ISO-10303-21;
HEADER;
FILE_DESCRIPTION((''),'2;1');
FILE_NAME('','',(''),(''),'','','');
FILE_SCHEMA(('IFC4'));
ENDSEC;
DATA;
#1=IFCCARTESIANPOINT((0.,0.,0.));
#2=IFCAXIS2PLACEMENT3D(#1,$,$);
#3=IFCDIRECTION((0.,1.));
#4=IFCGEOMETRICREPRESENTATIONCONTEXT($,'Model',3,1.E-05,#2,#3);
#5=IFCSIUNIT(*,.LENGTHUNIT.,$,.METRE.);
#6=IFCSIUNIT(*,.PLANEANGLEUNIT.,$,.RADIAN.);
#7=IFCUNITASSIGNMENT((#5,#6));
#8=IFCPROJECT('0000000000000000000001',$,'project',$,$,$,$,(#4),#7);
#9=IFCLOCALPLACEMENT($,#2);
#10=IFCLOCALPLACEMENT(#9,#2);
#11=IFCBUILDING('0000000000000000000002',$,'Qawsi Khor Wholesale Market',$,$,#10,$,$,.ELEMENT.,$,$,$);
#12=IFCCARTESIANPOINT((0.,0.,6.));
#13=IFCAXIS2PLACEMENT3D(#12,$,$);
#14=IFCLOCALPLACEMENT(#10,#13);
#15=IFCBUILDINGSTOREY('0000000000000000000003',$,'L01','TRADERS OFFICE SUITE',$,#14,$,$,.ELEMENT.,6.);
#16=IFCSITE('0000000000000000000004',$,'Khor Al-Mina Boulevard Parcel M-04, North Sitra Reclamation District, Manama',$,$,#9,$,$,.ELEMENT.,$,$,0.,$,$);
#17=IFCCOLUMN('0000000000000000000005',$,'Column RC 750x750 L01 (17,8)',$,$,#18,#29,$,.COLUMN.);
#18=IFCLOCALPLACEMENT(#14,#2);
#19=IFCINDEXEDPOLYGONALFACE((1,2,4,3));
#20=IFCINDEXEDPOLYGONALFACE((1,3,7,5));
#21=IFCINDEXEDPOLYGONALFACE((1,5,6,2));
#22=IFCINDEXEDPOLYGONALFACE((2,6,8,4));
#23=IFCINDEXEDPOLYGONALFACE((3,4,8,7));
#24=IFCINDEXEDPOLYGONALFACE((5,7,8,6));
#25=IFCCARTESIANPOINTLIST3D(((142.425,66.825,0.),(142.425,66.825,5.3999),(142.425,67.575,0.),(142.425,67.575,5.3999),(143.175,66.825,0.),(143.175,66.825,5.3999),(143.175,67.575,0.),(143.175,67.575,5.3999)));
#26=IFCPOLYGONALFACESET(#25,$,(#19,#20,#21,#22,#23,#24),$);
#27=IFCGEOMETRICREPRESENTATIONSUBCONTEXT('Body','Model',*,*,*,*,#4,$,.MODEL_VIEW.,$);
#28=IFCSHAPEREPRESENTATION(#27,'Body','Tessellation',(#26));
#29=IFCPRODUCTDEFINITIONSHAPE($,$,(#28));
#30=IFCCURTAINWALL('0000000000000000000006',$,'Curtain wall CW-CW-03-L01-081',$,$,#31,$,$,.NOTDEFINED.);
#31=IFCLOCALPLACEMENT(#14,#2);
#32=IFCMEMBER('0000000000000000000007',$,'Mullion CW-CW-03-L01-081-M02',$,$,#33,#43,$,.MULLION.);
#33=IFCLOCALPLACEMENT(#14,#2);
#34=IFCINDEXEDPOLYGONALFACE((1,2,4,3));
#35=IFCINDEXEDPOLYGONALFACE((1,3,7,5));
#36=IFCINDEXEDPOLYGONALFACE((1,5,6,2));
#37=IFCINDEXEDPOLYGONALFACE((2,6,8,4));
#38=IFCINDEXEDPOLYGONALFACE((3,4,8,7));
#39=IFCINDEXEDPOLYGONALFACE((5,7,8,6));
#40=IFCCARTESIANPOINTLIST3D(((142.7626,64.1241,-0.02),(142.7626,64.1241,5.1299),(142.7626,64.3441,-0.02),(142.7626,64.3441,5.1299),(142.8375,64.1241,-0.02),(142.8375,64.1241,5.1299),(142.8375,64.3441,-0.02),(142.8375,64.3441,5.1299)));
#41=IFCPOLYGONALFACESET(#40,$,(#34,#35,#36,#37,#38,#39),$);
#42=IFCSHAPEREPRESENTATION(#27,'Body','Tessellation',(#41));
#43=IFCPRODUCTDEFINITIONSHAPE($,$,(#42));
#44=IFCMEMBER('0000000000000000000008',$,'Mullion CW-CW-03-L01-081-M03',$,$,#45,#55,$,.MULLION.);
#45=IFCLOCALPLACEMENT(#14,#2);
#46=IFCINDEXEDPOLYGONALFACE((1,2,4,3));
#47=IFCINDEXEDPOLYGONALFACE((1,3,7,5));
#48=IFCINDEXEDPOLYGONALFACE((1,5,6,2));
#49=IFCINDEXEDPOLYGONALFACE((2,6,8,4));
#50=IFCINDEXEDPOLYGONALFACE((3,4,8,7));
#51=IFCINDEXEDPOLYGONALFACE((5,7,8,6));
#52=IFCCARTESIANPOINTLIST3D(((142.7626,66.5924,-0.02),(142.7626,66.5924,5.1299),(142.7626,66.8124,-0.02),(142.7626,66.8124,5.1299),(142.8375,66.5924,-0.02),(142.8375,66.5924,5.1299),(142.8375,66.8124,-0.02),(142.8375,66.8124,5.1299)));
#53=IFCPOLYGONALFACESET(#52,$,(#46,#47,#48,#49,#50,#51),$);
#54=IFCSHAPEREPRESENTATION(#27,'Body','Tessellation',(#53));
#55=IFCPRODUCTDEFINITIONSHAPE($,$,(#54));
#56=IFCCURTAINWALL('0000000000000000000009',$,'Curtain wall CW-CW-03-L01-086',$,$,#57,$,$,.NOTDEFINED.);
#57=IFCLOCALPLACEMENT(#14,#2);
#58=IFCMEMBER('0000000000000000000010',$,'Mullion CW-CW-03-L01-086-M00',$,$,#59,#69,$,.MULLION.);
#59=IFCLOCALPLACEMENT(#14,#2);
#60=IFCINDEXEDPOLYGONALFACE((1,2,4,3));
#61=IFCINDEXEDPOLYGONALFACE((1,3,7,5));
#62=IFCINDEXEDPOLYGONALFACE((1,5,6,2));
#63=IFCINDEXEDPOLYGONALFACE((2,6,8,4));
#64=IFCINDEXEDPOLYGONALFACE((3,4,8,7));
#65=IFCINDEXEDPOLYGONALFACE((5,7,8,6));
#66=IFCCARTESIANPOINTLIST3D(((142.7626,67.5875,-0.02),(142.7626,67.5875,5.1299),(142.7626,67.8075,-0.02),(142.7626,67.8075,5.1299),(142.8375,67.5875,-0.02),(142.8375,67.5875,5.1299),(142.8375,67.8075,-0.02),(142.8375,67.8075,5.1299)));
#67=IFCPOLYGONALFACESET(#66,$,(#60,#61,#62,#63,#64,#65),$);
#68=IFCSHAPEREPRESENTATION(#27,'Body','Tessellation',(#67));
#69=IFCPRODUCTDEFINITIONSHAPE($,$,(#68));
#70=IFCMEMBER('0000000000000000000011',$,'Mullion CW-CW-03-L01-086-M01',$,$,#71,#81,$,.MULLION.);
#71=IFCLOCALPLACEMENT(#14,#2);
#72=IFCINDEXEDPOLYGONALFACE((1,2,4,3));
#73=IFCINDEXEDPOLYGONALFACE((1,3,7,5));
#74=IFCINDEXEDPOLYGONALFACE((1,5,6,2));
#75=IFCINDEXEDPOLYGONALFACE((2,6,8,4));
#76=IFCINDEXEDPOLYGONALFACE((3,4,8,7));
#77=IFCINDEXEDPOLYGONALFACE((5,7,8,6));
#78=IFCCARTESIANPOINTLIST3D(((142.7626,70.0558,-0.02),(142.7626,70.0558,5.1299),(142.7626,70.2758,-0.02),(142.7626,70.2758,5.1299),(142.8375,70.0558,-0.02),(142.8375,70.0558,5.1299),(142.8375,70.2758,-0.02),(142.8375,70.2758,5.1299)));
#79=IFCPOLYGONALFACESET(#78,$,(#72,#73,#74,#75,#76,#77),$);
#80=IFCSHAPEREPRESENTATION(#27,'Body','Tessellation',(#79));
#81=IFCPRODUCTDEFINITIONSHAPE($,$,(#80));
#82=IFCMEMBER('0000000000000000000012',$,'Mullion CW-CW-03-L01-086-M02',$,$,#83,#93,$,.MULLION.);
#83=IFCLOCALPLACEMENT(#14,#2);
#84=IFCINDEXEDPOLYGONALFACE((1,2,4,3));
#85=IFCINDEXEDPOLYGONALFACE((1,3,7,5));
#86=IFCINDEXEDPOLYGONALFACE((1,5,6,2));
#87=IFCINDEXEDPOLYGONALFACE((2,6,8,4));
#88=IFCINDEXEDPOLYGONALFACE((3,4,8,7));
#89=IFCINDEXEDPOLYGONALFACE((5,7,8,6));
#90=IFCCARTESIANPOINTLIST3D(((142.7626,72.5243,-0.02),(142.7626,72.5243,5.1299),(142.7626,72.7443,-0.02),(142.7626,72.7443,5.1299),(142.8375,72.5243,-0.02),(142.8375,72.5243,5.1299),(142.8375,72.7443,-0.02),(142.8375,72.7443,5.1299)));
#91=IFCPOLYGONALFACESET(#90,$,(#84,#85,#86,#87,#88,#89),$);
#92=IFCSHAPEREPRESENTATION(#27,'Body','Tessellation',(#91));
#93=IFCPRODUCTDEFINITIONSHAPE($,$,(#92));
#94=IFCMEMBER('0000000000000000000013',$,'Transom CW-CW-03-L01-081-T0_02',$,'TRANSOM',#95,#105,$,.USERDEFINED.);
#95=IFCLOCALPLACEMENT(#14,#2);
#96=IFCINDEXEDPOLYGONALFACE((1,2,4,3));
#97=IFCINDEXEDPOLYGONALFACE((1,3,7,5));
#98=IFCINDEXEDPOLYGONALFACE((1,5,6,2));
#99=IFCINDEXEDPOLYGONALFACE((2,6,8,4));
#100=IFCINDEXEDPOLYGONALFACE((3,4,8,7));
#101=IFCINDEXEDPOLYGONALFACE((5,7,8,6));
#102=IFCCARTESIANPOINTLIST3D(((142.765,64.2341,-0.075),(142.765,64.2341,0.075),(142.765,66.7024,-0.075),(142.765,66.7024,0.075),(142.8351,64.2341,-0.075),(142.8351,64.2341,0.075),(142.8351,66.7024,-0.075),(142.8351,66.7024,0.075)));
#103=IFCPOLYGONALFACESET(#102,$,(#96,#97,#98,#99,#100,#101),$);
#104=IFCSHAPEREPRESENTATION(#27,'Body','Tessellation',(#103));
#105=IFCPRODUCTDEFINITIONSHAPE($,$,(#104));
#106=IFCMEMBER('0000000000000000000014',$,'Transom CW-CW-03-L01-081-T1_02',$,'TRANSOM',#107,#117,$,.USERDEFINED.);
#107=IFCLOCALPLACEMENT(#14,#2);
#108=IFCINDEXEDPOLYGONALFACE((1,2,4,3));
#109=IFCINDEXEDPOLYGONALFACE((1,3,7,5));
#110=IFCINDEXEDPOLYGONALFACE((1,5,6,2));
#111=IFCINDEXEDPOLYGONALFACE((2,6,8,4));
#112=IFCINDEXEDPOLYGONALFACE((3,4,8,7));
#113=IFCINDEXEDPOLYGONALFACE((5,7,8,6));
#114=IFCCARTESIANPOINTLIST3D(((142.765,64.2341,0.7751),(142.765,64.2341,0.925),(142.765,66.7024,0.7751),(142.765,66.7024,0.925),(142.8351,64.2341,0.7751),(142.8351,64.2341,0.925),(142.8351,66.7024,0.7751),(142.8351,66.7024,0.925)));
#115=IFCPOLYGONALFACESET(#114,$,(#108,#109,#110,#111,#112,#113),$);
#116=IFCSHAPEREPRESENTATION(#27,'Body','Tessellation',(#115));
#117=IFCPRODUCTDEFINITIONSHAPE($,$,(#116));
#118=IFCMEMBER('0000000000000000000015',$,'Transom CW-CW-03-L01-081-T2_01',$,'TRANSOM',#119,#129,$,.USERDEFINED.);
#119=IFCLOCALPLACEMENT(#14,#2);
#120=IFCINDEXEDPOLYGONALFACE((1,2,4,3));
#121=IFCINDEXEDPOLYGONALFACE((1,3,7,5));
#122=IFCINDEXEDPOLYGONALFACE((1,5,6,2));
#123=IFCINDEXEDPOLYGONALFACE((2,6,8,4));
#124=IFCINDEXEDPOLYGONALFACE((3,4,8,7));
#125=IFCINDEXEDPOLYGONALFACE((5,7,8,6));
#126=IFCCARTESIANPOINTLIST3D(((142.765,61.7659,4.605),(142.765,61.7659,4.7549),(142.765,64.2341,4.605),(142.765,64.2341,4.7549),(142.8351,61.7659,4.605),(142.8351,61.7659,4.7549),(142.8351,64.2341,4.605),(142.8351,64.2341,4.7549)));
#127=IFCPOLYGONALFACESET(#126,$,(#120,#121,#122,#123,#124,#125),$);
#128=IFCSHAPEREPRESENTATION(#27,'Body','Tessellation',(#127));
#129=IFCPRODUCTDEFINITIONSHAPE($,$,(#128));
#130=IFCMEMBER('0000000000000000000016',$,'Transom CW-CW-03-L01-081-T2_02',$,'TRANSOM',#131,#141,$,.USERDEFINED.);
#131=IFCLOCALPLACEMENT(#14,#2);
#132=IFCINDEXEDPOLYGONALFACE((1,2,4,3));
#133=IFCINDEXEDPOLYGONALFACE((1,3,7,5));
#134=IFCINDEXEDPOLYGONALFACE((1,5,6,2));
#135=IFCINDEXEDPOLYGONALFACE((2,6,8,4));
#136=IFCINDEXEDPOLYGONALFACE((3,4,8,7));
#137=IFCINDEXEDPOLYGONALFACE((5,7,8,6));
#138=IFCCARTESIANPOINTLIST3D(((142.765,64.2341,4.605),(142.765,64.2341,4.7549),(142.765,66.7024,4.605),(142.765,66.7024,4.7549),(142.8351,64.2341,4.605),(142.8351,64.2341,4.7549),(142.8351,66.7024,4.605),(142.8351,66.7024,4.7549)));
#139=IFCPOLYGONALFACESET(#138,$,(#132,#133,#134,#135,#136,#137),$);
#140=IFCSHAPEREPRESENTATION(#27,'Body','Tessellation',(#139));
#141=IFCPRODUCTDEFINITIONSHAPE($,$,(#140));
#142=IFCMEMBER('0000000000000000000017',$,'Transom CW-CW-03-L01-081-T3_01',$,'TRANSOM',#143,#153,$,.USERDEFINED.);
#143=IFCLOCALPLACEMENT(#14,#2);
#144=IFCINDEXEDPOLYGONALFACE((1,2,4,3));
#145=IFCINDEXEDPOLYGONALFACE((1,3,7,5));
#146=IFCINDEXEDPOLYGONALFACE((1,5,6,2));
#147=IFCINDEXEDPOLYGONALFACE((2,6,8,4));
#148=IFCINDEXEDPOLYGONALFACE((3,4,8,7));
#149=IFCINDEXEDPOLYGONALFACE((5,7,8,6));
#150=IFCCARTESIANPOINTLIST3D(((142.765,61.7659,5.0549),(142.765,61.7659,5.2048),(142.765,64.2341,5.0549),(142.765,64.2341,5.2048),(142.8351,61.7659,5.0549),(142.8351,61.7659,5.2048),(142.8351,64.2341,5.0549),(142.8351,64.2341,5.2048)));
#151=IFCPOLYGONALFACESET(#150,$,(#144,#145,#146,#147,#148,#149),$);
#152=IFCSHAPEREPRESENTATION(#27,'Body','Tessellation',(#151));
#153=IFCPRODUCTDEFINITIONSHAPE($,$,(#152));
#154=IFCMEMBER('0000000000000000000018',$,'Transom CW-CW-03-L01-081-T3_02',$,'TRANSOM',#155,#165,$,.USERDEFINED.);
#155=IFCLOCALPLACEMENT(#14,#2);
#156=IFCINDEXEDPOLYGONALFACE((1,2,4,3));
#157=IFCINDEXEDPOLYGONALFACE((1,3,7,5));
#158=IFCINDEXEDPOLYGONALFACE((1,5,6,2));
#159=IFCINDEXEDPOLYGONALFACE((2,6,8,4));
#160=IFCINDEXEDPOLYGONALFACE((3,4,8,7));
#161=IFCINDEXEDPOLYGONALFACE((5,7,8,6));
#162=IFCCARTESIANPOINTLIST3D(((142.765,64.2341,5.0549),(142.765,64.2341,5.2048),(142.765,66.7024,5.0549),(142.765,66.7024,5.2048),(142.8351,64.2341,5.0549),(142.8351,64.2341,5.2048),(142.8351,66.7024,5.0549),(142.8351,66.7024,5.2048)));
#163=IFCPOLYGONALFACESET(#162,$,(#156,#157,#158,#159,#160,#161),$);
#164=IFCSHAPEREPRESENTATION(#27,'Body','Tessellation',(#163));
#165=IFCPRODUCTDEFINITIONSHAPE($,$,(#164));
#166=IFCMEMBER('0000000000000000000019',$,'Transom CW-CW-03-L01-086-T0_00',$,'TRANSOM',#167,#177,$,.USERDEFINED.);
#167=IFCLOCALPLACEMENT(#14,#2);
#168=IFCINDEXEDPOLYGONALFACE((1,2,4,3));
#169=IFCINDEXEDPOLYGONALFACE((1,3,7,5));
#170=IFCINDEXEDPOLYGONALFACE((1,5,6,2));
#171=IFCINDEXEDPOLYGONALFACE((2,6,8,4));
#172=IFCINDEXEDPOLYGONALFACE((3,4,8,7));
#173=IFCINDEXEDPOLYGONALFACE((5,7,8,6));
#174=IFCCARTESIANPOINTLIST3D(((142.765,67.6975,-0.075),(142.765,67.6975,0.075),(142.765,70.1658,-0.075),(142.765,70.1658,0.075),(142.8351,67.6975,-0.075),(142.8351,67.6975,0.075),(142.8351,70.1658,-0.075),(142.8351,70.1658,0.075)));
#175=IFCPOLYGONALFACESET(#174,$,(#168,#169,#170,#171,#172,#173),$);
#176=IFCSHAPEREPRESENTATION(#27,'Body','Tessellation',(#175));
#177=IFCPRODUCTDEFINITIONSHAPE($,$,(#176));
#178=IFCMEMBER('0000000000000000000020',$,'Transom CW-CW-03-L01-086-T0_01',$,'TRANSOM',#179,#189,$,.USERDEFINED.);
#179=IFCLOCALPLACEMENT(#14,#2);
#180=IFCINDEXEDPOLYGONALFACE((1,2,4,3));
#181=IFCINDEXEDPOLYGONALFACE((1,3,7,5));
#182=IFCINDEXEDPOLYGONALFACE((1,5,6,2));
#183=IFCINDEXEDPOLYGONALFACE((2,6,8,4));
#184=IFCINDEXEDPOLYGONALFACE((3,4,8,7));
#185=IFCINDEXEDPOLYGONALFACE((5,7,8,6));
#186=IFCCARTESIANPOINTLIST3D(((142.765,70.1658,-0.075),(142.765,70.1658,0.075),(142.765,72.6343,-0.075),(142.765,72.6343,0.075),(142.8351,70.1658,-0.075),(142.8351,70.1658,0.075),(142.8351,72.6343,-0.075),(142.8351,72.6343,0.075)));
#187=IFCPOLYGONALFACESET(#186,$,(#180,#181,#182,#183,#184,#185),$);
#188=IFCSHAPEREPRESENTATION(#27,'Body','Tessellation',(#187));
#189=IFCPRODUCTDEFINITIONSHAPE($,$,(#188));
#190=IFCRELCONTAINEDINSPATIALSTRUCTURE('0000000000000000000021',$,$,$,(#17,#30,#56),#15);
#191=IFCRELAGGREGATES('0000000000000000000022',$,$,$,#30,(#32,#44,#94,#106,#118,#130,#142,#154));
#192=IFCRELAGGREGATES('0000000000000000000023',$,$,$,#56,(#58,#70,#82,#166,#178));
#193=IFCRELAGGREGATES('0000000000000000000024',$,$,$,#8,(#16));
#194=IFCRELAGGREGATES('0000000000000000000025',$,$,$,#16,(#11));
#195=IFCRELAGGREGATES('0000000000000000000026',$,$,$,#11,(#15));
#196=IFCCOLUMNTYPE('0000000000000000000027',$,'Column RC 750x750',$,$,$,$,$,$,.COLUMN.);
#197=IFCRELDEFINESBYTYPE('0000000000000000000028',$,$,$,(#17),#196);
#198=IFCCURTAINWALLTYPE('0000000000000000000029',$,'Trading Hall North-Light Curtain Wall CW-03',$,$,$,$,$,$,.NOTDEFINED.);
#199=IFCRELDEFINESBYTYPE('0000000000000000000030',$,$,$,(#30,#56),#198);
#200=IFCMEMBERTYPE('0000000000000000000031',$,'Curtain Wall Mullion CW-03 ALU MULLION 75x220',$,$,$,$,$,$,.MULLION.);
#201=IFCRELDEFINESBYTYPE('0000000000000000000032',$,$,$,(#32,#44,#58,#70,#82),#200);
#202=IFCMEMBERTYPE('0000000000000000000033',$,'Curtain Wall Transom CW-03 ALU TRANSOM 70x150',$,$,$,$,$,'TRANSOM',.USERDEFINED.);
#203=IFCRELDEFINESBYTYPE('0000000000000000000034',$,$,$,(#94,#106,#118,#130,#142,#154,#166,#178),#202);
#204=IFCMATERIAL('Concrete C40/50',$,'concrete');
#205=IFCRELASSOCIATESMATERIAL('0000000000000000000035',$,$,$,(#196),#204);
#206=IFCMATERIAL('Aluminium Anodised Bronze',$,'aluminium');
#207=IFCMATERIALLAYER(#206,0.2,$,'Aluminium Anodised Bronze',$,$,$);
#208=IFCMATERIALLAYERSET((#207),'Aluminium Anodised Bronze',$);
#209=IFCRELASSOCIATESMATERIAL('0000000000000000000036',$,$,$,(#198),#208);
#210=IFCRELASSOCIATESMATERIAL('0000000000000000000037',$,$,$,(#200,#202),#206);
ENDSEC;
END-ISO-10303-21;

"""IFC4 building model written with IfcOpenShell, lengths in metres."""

from ifc_helpers import new_model, si_unit, direction, frame, origin, origin_2d, place, context, subcontext, project, spatial, rectangle, extrude, material, layer, layer_set, material_profile, profile_set, type_object, element, aggregate, save


model = new_model("IFC4")

# Units and contexts
model_context = context("Model", 3, precision=1e-05, world=origin(), true_north=direction((0.0, 1.0)))
body_context = subcontext(model_context, "Body", "Model", "MODEL_VIEW")
ifc_project = project(units=[si_unit("LENGTHUNIT", "METRE"), si_unit("PLANEANGLEUNIT", "RADIAN")], contexts=[model_context])

# Site, building, storey
site_placement = place(None, origin())
site = spatial("IfcSite", under=ifc_project, at=site_placement, Name="Khor Al-Mina Boulevard Parcel M-04, North Sitra Reclamation District, Manama", CompositionType="ELEMENT", RefElevation=0.0)
building_placement = place(site_placement, origin())
building = spatial("IfcBuilding", under=site, at=building_placement, Name="Qawsi Khor Wholesale Market", CompositionType="ELEMENT")
storey_placement = place(building_placement, frame((0.0, 0.0, 6.0)))
storey = spatial("IfcBuildingStorey", under=building, at=storey_placement, Name="L01", Description="TRADERS OFFICE SUITE", CompositionType="ELEMENT", Elevation=6.0)

# Column
ifc_material_1 = material(Name="Concrete C40/50", Category="concrete")
ifc_material_profile_1 = material_profile(ifc_material_1, rectangle(XDim=0.75, YDim=0.75, at=origin_2d()), Name="RC 750x750")
ifc_profile_set_1 = profile_set([ifc_material_profile_1], Name="Concrete C40/50")
column_type = type_object("IfcColumnType", Name="Column RC 750x750", PredefinedType="COLUMN", material=ifc_profile_set_1)
column_placement = place(storey_placement, frame((142.8, 67.2, 0.0), z_axis=(0.0, 0.0, 1.0), x_axis=(1.0, 0.0, 0.0)))
element("IfcColumn", 1, at=column_placement, inside=storey, type_object=column_type, Name="Column RC 750x750 L01 (17,8)", PredefinedType="COLUMN", context=body_context, shape_type="SweptSolid", body=[
    extrude(rectangle(XDim=0.75, YDim=0.75, at=origin_2d()), origin(), (0.0, 0.0, 1.0), 5.3999),
])

# Curtain walls, members
ifc_material_2 = material(Name="Aluminium Anodised Bronze", Category="aluminium")
ifc_layer_1 = layer(ifc_material_2, 0.2, Name="Aluminium Anodised Bronze")
ifc_layer_set_1 = layer_set([ifc_layer_1], Name="Aluminium Anodised Bronze")
curtain_wall_type_1 = type_object("IfcCurtainWallType", Name="Trading Hall North-Light Curtain Wall CW-03", PredefinedType="NOTDEFINED", material=ifc_layer_set_1)
curtain_wall_1_placement = place(storey_placement, origin())
curtain_wall_1 = element("IfcCurtainWall", 2, at=curtain_wall_1_placement, inside=storey, type_object=curtain_wall_type_1, Name="Curtain wall CW-CW-03-L01-081", PredefinedType="NOTDEFINED")
ifc_material_profile_2 = material_profile(ifc_material_2, rectangle(XDim=0.075, YDim=0.22, at=origin_2d()), Name="ALU MULLION 75x220")
ifc_profile_set_2 = profile_set([ifc_material_profile_2], Name="Aluminium Anodised Bronze")
member_type_1 = type_object("IfcMemberType", Name="Curtain Wall Mullion CW-03 ALU MULLION 75x220", PredefinedType="MULLION", material=ifc_profile_set_2)
member_1_placement = place(storey_placement, frame((142.8, 64.2341, -0.02), z_axis=(0.0, 0.0, 1.0), x_axis=(1.0, 0.0, 0.0)))
member_1 = element("IfcMember", 3, at=member_1_placement, type_object=member_type_1, Name="Mullion CW-CW-03-L01-081-M02", PredefinedType="MULLION", context=body_context, shape_type="SweptSolid", body=[
    extrude(rectangle(XDim=0.075, YDim=0.22, at=origin_2d()), origin(), (0.0, 0.0, 1.0), 5.1499),
])
member_2_placement = place(storey_placement, frame((142.8, 66.7024, -0.02), z_axis=(0.0, 0.0, 1.0), x_axis=(1.0, 0.0, 0.0)))
member_2 = element("IfcMember", 4, at=member_2_placement, type_object=member_type_1, Name="Mullion CW-CW-03-L01-081-M03", PredefinedType="MULLION", context=body_context, shape_type="SweptSolid", body=[
    extrude(rectangle(XDim=0.075, YDim=0.22, at=origin_2d()), origin(), (0.0, 0.0, 1.0), 5.1499),
])
curtain_wall_2_placement = place(storey_placement, origin())
curtain_wall_2 = element("IfcCurtainWall", 5, at=curtain_wall_2_placement, inside=storey, type_object=curtain_wall_type_1, Name="Curtain wall CW-CW-03-L01-086", PredefinedType="NOTDEFINED")
member_3_placement = place(storey_placement, frame((142.8, 67.6975, -0.02), z_axis=(0.0, 0.0, 1.0), x_axis=(1.0, 0.0, 0.0)))
member_3 = element("IfcMember", 6, at=member_3_placement, type_object=member_type_1, Name="Mullion CW-CW-03-L01-086-M00", PredefinedType="MULLION", context=body_context, shape_type="SweptSolid", body=[
    extrude(rectangle(XDim=0.075, YDim=0.22, at=origin_2d()), origin(), (0.0, 0.0, 1.0), 5.1499),
])
member_4_placement = place(storey_placement, frame((142.8, 70.1658, -0.02), z_axis=(0.0, 0.0, 1.0), x_axis=(1.0, 0.0, 0.0)))
member_4 = element("IfcMember", 7, at=member_4_placement, type_object=member_type_1, Name="Mullion CW-CW-03-L01-086-M01", PredefinedType="MULLION", context=body_context, shape_type="SweptSolid", body=[
    extrude(rectangle(XDim=0.075, YDim=0.22, at=origin_2d()), origin(), (0.0, 0.0, 1.0), 5.1499),
])
member_5_placement = place(storey_placement, frame((142.8, 72.6343, -0.02), z_axis=(0.0, 0.0, 1.0), x_axis=(1.0, 0.0, 0.0)))
member_5 = element("IfcMember", 8, at=member_5_placement, type_object=member_type_1, Name="Mullion CW-CW-03-L01-086-M02", PredefinedType="MULLION", context=body_context, shape_type="SweptSolid", body=[
    extrude(rectangle(XDim=0.075, YDim=0.22, at=origin_2d()), origin(), (0.0, 0.0, 1.0), 5.1499),
])

# Members
ifc_material_profile_3 = material_profile(ifc_material_2, rectangle(XDim=0.0701, YDim=0.1499, at=origin_2d()), Name="ALU TRANSOM 70x150")
ifc_profile_set_3 = profile_set([ifc_material_profile_3], Name="Aluminium Anodised Bronze")
member_type_2 = type_object("IfcMemberType", Name="Curtain Wall Transom CW-03 ALU TRANSOM 70x150", ElementType="TRANSOM", PredefinedType="USERDEFINED", material=ifc_profile_set_3)
member_6_placement = place(storey_placement, frame((142.8, 64.2341, 0.0), z_axis=(0.0, 1.0, 0.0), x_axis=(-1.0, 0.0, 0.0)))
member_6 = element("IfcMember", 9, at=member_6_placement, type_object=member_type_2, Name="Transom CW-CW-03-L01-081-T0_02", ObjectType="TRANSOM", PredefinedType="USERDEFINED", context=body_context, shape_type="SweptSolid", body=[
    extrude(rectangle(XDim=0.0701, YDim=0.1499, at=origin_2d()), origin(), (0.0, 0.0, 1.0), 2.4683),
])
member_7_placement = place(storey_placement, frame((142.8, 64.2341, 0.8501), z_axis=(0.0, 1.0, 0.0), x_axis=(-1.0, 0.0, 0.0)))
member_7 = element("IfcMember", 10, at=member_7_placement, type_object=member_type_2, Name="Transom CW-CW-03-L01-081-T1_02", ObjectType="TRANSOM", PredefinedType="USERDEFINED", context=body_context, shape_type="SweptSolid", body=[
    extrude(rectangle(XDim=0.0701, YDim=0.1499, at=origin_2d()), origin(), (0.0, 0.0, 1.0), 2.4683),
])
member_8_placement = place(storey_placement, frame((142.8, 61.7659, 4.6799), z_axis=(0.0, 1.0, 0.0), x_axis=(-1.0, 0.0, 0.0)))
member_8 = element("IfcMember", 11, at=member_8_placement, type_object=member_type_2, Name="Transom CW-CW-03-L01-081-T2_01", ObjectType="TRANSOM", PredefinedType="USERDEFINED", context=body_context, shape_type="SweptSolid", body=[
    extrude(rectangle(XDim=0.0701, YDim=0.1499, at=origin_2d()), origin(), (0.0, 0.0, 1.0), 2.4683),
])
member_9_placement = place(storey_placement, frame((142.8, 64.2341, 4.6799), z_axis=(0.0, 1.0, 0.0), x_axis=(-1.0, 0.0, 0.0)))
member_9 = element("IfcMember", 12, at=member_9_placement, type_object=member_type_2, Name="Transom CW-CW-03-L01-081-T2_02", ObjectType="TRANSOM", PredefinedType="USERDEFINED", context=body_context, shape_type="SweptSolid", body=[
    extrude(rectangle(XDim=0.0701, YDim=0.1499, at=origin_2d()), origin(), (0.0, 0.0, 1.0), 2.4683),
])
member_10_placement = place(storey_placement, frame((142.8, 61.7659, 5.1299), z_axis=(0.0, 1.0, 0.0), x_axis=(-1.0, 0.0, 0.0)))
member_10 = element("IfcMember", 13, at=member_10_placement, type_object=member_type_2, Name="Transom CW-CW-03-L01-081-T3_01", ObjectType="TRANSOM", PredefinedType="USERDEFINED", context=body_context, shape_type="SweptSolid", body=[
    extrude(rectangle(XDim=0.0701, YDim=0.1499, at=origin_2d()), origin(), (0.0, 0.0, 1.0), 2.4683),
])
member_11_placement = place(storey_placement, frame((142.8, 64.2341, 5.1299), z_axis=(0.0, 1.0, 0.0), x_axis=(-1.0, 0.0, 0.0)))
member_11 = element("IfcMember", 14, at=member_11_placement, type_object=member_type_2, Name="Transom CW-CW-03-L01-081-T3_02", ObjectType="TRANSOM", PredefinedType="USERDEFINED", context=body_context, shape_type="SweptSolid", body=[
    extrude(rectangle(XDim=0.0701, YDim=0.1499, at=origin_2d()), origin(), (0.0, 0.0, 1.0), 2.4683),
])
member_12_placement = place(storey_placement, frame((142.8, 67.6975, 0.0), z_axis=(0.0, 1.0, 0.0), x_axis=(-1.0, 0.0, 0.0)))
member_12 = element("IfcMember", 15, at=member_12_placement, type_object=member_type_2, Name="Transom CW-CW-03-L01-086-T0_00", ObjectType="TRANSOM", PredefinedType="USERDEFINED", context=body_context, shape_type="SweptSolid", body=[
    extrude(rectangle(XDim=0.0701, YDim=0.1499, at=origin_2d()), origin(), (0.0, 0.0, 1.0), 2.4683),
])
member_13_placement = place(storey_placement, frame((142.8, 70.1658, 0.0), z_axis=(0.0, 1.0, 0.0), x_axis=(-1.0, 0.0, 0.0)))
member_13 = element("IfcMember", 16, at=member_13_placement, type_object=member_type_2, Name="Transom CW-CW-03-L01-086-T0_01", ObjectType="TRANSOM", PredefinedType="USERDEFINED", context=body_context, shape_type="SweptSolid", body=[
    extrude(rectangle(XDim=0.0701, YDim=0.1499, at=origin_2d()), origin(), (0.0, 0.0, 1.0), 2.4685),
])

aggregate(curtain_wall_1, [member_1, member_2, member_6, member_7, member_8, member_9, member_10, member_11])
aggregate(curtain_wall_2, [member_3, member_4, member_5, member_12, member_13])

save(model, "model.ifc")
